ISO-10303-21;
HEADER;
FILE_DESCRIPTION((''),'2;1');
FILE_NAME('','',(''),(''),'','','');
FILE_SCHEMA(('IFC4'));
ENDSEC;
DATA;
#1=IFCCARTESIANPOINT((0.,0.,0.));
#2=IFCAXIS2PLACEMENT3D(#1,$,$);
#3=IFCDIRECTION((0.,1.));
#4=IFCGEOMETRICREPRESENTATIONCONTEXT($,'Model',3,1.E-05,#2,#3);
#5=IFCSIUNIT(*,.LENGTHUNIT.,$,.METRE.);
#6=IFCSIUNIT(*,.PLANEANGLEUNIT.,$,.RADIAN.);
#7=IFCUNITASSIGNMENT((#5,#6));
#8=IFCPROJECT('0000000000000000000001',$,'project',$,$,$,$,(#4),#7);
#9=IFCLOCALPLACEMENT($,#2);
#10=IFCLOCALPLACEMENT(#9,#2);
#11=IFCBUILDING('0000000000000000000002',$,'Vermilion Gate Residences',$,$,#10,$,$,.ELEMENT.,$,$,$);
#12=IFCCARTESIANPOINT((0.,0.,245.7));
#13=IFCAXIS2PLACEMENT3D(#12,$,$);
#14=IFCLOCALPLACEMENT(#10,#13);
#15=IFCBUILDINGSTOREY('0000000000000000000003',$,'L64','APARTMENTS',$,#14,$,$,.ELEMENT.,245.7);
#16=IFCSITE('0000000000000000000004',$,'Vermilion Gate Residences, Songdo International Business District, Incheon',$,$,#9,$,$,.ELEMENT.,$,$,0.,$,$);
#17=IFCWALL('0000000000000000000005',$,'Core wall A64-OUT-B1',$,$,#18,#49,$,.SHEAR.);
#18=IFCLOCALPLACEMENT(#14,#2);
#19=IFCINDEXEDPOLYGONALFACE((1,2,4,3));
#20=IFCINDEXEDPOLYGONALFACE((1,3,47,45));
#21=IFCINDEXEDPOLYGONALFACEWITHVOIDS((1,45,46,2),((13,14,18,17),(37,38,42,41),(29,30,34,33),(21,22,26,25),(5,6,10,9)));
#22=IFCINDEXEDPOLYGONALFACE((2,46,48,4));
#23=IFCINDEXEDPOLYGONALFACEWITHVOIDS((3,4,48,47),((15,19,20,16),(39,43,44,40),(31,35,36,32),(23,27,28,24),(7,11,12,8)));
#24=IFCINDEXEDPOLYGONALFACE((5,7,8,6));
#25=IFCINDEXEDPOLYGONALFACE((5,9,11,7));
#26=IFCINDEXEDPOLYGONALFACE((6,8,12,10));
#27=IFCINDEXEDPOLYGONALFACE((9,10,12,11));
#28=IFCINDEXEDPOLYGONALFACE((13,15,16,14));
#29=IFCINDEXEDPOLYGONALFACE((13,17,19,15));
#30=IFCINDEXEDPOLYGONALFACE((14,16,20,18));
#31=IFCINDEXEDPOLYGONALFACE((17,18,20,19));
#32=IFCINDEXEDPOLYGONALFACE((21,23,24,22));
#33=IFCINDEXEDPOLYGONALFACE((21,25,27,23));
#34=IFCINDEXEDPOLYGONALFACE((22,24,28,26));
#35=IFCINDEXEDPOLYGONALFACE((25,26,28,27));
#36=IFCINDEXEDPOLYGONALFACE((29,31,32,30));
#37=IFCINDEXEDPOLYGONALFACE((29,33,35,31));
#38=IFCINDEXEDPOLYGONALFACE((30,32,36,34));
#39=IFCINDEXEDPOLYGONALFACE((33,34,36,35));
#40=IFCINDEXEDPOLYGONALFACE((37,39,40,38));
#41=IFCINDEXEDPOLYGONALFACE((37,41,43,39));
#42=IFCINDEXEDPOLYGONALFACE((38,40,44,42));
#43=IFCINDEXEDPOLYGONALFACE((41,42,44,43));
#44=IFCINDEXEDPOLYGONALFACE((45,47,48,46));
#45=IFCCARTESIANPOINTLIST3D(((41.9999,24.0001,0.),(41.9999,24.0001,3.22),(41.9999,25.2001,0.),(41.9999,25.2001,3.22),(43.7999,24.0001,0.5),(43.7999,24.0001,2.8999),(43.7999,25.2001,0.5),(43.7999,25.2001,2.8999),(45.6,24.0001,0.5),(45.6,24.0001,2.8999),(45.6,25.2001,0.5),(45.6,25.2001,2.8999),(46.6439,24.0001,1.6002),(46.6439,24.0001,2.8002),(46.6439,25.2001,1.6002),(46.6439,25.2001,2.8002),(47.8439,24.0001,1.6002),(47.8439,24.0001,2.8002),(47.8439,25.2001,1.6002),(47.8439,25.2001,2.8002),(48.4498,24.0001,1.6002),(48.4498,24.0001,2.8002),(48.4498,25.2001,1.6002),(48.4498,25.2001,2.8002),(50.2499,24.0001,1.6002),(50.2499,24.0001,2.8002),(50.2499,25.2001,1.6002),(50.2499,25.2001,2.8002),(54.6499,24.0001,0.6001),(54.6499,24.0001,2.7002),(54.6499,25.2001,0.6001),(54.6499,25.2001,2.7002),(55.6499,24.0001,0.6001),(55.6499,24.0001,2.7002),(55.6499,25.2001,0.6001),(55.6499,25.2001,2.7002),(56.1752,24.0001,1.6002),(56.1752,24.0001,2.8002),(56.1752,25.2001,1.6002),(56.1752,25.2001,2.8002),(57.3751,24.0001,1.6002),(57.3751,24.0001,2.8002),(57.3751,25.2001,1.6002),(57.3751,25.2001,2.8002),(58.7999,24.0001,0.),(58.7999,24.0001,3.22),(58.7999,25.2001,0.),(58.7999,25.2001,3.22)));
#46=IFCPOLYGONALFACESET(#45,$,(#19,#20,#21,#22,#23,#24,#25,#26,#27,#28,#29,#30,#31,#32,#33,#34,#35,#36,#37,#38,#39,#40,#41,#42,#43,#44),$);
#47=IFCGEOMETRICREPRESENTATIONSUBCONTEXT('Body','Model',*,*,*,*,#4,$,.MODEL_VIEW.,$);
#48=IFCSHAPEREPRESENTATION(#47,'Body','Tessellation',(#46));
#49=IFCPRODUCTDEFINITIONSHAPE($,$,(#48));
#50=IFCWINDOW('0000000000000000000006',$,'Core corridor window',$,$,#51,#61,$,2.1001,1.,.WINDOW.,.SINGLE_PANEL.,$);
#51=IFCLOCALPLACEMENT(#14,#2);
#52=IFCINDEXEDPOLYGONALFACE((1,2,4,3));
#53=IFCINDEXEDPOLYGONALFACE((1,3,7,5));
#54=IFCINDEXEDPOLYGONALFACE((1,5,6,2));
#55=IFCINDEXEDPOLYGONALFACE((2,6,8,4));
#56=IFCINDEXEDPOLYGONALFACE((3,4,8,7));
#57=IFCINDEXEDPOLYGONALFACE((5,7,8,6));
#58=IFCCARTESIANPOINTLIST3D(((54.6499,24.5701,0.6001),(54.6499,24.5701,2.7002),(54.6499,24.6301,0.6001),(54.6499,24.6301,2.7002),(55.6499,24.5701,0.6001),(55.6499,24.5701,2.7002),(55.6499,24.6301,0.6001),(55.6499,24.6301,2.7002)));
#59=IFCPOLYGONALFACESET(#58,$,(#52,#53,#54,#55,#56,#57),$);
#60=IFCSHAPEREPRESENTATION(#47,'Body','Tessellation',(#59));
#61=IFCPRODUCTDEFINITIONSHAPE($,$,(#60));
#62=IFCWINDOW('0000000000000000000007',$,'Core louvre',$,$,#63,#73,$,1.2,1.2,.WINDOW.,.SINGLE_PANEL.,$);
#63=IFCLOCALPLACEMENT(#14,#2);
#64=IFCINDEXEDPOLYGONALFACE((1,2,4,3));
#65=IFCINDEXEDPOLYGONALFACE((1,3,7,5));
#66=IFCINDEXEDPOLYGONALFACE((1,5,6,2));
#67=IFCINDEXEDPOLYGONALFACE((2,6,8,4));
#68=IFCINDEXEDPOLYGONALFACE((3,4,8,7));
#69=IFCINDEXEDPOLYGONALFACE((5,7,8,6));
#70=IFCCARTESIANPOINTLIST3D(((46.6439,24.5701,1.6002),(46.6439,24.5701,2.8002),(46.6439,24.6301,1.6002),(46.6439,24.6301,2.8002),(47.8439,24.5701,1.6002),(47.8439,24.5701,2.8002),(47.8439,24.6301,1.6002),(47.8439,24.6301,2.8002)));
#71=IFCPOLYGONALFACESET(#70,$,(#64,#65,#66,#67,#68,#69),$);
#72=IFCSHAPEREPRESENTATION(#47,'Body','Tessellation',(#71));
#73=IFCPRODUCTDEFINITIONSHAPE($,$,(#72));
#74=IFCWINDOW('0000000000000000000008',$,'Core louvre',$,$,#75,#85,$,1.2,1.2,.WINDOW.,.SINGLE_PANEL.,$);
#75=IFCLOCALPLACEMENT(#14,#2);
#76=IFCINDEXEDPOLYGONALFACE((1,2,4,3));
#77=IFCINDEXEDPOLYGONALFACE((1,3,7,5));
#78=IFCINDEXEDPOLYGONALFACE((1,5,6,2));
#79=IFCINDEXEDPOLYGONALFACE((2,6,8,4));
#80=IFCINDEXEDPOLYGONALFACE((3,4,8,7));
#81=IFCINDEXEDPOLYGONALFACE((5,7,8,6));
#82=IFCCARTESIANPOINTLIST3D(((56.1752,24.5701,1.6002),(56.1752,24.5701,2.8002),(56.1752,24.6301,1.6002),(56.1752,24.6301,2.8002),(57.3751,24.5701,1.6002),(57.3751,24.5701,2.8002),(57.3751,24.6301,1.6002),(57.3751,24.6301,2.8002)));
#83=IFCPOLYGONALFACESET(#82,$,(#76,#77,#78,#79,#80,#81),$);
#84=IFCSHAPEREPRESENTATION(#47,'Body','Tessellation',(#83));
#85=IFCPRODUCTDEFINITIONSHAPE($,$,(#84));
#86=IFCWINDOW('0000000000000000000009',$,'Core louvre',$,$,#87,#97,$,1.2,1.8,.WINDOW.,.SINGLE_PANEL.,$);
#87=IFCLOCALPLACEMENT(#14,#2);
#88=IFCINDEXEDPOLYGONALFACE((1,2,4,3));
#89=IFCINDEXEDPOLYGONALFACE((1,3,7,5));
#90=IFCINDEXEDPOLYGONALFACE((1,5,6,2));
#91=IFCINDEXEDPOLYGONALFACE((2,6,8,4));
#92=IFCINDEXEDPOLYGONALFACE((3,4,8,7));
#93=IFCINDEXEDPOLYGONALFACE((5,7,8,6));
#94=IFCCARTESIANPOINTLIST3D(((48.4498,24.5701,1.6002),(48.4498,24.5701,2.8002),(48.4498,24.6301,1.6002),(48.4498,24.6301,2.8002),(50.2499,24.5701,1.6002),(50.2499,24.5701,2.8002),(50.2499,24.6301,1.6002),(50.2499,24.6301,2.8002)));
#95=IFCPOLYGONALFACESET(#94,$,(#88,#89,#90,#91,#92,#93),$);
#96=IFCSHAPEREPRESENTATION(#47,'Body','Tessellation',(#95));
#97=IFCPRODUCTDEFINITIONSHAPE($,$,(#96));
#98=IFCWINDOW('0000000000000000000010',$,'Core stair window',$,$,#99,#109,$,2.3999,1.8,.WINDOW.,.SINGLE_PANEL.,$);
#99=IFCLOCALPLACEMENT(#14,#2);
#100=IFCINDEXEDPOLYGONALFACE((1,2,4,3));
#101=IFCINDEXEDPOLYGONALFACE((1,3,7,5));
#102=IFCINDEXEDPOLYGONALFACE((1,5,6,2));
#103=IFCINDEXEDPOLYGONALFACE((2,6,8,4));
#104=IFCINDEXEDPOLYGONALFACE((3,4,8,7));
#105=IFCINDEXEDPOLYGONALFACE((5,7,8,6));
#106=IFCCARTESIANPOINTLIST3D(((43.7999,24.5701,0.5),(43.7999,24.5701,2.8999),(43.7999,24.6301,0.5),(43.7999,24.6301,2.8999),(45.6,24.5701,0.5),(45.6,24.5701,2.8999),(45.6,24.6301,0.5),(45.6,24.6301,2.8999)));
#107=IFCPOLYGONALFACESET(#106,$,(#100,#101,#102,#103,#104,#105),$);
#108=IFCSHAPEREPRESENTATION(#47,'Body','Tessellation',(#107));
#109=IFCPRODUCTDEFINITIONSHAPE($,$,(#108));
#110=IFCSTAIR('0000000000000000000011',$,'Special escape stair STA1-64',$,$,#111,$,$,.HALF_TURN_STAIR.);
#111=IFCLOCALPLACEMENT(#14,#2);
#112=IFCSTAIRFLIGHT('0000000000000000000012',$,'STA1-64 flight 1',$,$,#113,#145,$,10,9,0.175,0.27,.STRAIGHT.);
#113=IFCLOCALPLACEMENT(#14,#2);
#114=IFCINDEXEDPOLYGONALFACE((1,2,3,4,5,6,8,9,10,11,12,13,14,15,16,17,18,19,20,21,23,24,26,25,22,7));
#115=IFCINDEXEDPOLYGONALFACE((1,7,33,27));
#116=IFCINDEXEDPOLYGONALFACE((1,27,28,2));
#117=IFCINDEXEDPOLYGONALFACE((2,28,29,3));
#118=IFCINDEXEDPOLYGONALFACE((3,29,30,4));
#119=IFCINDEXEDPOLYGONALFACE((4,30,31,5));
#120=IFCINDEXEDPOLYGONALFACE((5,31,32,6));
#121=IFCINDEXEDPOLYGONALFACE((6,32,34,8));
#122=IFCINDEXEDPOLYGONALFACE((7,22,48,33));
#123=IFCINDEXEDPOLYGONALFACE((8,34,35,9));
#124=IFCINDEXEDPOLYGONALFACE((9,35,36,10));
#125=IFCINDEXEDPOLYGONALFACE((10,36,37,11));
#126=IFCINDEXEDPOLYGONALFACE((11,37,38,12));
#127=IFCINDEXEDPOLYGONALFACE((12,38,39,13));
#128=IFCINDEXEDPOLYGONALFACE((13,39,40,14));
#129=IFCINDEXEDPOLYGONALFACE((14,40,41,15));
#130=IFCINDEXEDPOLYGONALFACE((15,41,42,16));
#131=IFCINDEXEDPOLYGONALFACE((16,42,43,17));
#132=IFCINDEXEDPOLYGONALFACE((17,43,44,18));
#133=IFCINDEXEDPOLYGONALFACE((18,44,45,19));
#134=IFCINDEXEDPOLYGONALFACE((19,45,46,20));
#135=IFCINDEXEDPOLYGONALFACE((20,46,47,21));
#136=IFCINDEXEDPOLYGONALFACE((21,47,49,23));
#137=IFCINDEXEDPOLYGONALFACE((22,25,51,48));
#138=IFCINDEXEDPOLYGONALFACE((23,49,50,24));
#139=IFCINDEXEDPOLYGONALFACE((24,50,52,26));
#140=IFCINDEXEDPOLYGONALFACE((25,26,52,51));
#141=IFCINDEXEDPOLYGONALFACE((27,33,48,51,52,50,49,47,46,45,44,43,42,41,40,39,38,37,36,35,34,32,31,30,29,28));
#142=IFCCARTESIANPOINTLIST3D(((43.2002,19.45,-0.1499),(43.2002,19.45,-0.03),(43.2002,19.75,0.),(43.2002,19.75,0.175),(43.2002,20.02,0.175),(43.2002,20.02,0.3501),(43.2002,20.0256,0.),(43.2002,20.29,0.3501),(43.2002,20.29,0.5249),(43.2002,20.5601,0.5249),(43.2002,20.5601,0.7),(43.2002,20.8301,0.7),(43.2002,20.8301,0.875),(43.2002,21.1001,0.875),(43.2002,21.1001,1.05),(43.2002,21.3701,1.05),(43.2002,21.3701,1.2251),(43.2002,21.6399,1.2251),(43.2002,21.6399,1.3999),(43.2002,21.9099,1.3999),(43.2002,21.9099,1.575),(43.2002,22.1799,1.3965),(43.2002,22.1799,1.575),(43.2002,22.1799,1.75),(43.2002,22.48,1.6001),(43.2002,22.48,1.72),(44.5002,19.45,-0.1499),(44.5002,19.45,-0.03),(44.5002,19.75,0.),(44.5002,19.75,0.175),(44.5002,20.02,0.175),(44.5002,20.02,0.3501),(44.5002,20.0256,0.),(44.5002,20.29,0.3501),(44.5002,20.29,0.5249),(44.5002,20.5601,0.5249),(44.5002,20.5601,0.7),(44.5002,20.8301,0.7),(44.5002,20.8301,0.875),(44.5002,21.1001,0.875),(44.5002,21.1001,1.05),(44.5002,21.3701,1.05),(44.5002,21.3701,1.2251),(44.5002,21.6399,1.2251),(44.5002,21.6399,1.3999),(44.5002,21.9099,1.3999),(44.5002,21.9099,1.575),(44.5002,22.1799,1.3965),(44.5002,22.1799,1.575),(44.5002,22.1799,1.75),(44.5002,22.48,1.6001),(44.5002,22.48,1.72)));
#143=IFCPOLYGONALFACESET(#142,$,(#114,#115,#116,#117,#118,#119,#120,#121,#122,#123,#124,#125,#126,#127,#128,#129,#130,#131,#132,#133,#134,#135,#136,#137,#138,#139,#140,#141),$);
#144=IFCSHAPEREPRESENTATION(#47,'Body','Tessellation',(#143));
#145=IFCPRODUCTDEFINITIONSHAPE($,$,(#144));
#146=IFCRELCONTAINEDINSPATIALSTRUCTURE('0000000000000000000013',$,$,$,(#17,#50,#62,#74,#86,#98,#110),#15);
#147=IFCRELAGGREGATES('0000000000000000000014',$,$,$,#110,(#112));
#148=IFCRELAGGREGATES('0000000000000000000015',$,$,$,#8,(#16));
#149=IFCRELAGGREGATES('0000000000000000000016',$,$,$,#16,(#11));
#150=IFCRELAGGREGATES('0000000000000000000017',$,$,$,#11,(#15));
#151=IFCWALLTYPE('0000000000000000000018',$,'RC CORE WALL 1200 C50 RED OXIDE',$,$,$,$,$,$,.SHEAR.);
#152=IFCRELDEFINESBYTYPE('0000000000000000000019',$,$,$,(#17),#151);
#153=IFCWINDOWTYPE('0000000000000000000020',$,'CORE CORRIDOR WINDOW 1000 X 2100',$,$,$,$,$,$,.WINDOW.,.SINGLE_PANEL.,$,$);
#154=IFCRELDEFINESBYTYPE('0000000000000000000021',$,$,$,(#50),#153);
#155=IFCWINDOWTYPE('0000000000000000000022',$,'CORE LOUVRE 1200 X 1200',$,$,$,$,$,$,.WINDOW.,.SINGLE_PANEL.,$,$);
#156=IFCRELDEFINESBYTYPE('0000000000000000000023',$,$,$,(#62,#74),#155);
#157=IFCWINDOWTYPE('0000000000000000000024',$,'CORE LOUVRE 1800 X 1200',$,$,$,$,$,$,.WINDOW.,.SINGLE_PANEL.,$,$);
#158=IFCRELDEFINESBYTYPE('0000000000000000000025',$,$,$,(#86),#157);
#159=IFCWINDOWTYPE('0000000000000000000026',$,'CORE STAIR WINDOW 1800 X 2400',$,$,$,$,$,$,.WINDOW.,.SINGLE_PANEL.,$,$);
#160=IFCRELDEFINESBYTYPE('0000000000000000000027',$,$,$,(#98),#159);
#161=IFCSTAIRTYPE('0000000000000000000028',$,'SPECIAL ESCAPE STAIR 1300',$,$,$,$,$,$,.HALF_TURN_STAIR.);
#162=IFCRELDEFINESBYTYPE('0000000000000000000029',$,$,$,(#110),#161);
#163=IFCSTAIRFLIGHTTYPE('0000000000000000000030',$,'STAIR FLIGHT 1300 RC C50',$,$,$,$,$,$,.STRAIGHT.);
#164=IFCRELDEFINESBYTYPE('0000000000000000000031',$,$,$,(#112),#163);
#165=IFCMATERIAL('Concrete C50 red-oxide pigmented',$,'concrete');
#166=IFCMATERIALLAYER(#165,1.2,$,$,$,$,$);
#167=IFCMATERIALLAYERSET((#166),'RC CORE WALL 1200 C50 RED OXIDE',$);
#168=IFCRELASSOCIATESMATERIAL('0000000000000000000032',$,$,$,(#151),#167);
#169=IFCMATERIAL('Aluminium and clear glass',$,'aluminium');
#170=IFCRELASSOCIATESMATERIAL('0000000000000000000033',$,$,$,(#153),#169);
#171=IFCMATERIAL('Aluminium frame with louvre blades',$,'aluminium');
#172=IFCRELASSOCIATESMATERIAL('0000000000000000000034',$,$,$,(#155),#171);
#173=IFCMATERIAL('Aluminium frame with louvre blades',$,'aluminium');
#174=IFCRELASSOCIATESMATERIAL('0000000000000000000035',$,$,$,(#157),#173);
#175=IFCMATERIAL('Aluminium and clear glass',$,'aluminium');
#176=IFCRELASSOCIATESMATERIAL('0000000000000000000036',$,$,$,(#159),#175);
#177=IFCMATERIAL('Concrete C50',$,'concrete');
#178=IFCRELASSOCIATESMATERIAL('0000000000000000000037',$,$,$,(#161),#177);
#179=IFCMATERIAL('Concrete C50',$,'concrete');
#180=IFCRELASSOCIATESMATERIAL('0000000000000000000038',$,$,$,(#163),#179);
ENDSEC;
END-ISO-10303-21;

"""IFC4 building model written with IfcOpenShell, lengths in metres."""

from ifc_helpers import new_model, si_unit, direction, frame, frame_2d, origin, place, context, subcontext, project, spatial, polyline, rectangle, outline, extrude, material, layer, layer_set, type_object, element, fill, aggregate, save


model = new_model("IFC4")

# Units and contexts
model_context = context("Model", 3, precision=1e-05, world=origin(), true_north=direction((0.0, 1.0)))
body_context = subcontext(model_context, "Body", "Model", "MODEL_VIEW")
ifc_project = project(units=[si_unit("LENGTHUNIT", "METRE"), si_unit("PLANEANGLEUNIT", "RADIAN")], contexts=[model_context])

# Site, building, storey
site_placement = place(None, origin())
site = spatial("IfcSite", under=ifc_project, at=site_placement, Name="Vermilion Gate Residences, Songdo International Business District, Incheon", CompositionType="ELEMENT", RefElevation=0.0)
building_placement = place(site_placement, origin())
building = spatial("IfcBuilding", under=site, at=building_placement, Name="Vermilion Gate Residences", CompositionType="ELEMENT")
storey_placement = place(building_placement, frame((0.0, 0.0, 245.7)))
storey = spatial("IfcBuildingStorey", under=building, at=storey_placement, Name="L64", Description="APARTMENTS", CompositionType="ELEMENT", Elevation=245.7)

# Wall, openings, windows
ifc_material_1 = material(Name="Concrete C50 red-oxide pigmented", Category="concrete")
ifc_layer_1 = layer(ifc_material_1, 1.2)
ifc_layer_set_1 = layer_set([ifc_layer_1], Name="RC CORE WALL 1200 C50 RED OXIDE")
wall_type_1 = type_object("IfcWallType", Name="RC CORE WALL 1200 C50 RED OXIDE", PredefinedType="SHEAR", material=ifc_layer_set_1)
wall_1_placement = place(storey_placement, frame((42.0, 24.6001, 0.0), z_axis=(0.0, 0.0, 1.0), x_axis=(1.0, 0.0, 0.0)))
wall_1 = element("IfcWall", 1, at=wall_1_placement, inside=storey, type_object=wall_type_1, Name="Core wall A64-OUT-B1", PredefinedType="SHEAR", context=body_context, shape_type="SweptSolid", body=[
    extrude(rectangle(XDim=16.8, YDim=1.2, at=frame_2d((8.3999, 0.0))), origin(), (0.0, 0.0, 1.0), 3.22),
])
opening_1_placement = place(wall_1_placement, frame((1.8, 0.0, 0.5)))
opening_1 = element("IfcOpeningElement", 2, at=opening_1_placement, cuts=wall_1, PredefinedType="OPENING", context=body_context, shape_type="SweptSolid", body=[
    extrude(rectangle(XDim=1.8, YDim=2.3999, at=frame_2d((0.8999, 1.2))), frame((0.0, 0.6099, 0.0), z_axis=(0.0, -1.0, 0.0), x_axis=(1.0, 0.0, 0.0)), (0.0, 0.0, 1.0), 1.22),
])
opening_2_placement = place(wall_1_placement, frame((4.6438, 0.0, 1.6001)))
opening_2 = element("IfcOpeningElement", 3, at=opening_2_placement, cuts=wall_1, PredefinedType="OPENING", context=body_context, shape_type="SweptSolid", body=[
    extrude(rectangle(XDim=1.2, YDim=1.2, at=frame_2d((0.6001, 0.6001))), frame((0.0, 0.6099, 0.0), z_axis=(0.0, -1.0, 0.0), x_axis=(1.0, 0.0, 0.0)), (0.0, 0.0, 1.0), 1.22),
])
opening_3_placement = place(wall_1_placement, frame((6.45, 0.0, 1.6001)))
opening_3 = element("IfcOpeningElement", 4, at=opening_3_placement, cuts=wall_1, PredefinedType="OPENING", context=body_context, shape_type="SweptSolid", body=[
    extrude(rectangle(XDim=1.8, YDim=1.2, at=frame_2d((0.8999, 0.6001))), frame((0.0, 0.6099, 0.0), z_axis=(0.0, -1.0, 0.0), x_axis=(1.0, 0.0, 0.0)), (0.0, 0.0, 1.0), 1.22),
])
opening_4_placement = place(wall_1_placement, frame((12.6499, 0.0, 0.6001)))
opening_4 = element("IfcOpeningElement", 5, at=opening_4_placement, cuts=wall_1, PredefinedType="OPENING", context=body_context, shape_type="SweptSolid", body=[
    extrude(rectangle(XDim=1.0, YDim=2.1001, at=frame_2d((0.5, 1.05))), frame((0.0, 0.6099, 0.0), z_axis=(0.0, -1.0, 0.0), x_axis=(1.0, 0.0, 0.0)), (0.0, 0.0, 1.0), 1.22),
])
opening_5_placement = place(wall_1_placement, frame((14.175, 0.0, 1.6001)))
opening_5 = element("IfcOpeningElement", 6, at=opening_5_placement, cuts=wall_1, PredefinedType="OPENING", context=body_context, shape_type="SweptSolid", body=[
    extrude(rectangle(XDim=1.2, YDim=1.2, at=frame_2d((0.6001, 0.6001))), frame((0.0, 0.6099, 0.0), z_axis=(0.0, -1.0, 0.0), x_axis=(1.0, 0.0, 0.0)), (0.0, 0.0, 1.0), 1.22),
])
ifc_material_2 = material(Name="Aluminium and clear glass", Category="aluminium")
window_type_1 = type_object("IfcWindowType", Name="CORE CORRIDOR WINDOW 1000 X 2100", PartitioningType="SINGLE_PANEL", PredefinedType="WINDOW", material=ifc_material_2)
window_1_placement = place(opening_4_placement, origin())
window_1 = element("IfcWindow", 7, at=window_1_placement, inside=storey, type_object=window_type_1, Name="Core corridor window", OverallHeight=2.1001, OverallWidth=1.0, PartitioningType="SINGLE_PANEL", PredefinedType="WINDOW", context=body_context, shape_type="SweptSolid", body=[
    extrude(rectangle(XDim=1.0, YDim=2.1001, at=frame_2d((0.5, 1.05))), frame((0.0, 0.03, 0.0), z_axis=(0.0, -1.0, 0.0), x_axis=(1.0, 0.0, 0.0)), (0.0, 0.0, 1.0), 0.0601),
])
fill(opening_4, window_1)
ifc_material_3 = material(Name="Aluminium frame with louvre blades", Category="aluminium")
window_type_2 = type_object("IfcWindowType", Name="CORE LOUVRE 1200 X 1200", PartitioningType="SINGLE_PANEL", PredefinedType="WINDOW", material=ifc_material_3)
window_2_placement = place(opening_2_placement, origin())
window_2 = element("IfcWindow", 8, at=window_2_placement, inside=storey, type_object=window_type_2, Name="Core louvre", OverallHeight=1.2, OverallWidth=1.2, PartitioningType="SINGLE_PANEL", PredefinedType="WINDOW", context=body_context, shape_type="SweptSolid", body=[
    extrude(rectangle(XDim=1.2, YDim=1.2, at=frame_2d((0.6001, 0.6001))), frame((0.0, 0.03, 0.0), z_axis=(0.0, -1.0, 0.0), x_axis=(1.0, 0.0, 0.0)), (0.0, 0.0, 1.0), 0.0601),
])
fill(opening_2, window_2)
window_3_placement = place(opening_5_placement, origin())
window_3 = element("IfcWindow", 9, at=window_3_placement, inside=storey, type_object=window_type_2, Name="Core louvre", OverallHeight=1.2, OverallWidth=1.2, PartitioningType="SINGLE_PANEL", PredefinedType="WINDOW", context=body_context, shape_type="SweptSolid", body=[
    extrude(rectangle(XDim=1.2, YDim=1.2, at=frame_2d((0.6001, 0.6001))), frame((0.0, 0.03, 0.0), z_axis=(0.0, -1.0, 0.0), x_axis=(1.0, 0.0, 0.0)), (0.0, 0.0, 1.0), 0.0601),
])
fill(opening_5, window_3)
ifc_material_4 = material(Name="Aluminium frame with louvre blades", Category="aluminium")
window_type_3 = type_object("IfcWindowType", Name="CORE LOUVRE 1800 X 1200", PartitioningType="SINGLE_PANEL", PredefinedType="WINDOW", material=ifc_material_4)
window_4_placement = place(opening_3_placement, origin())
window_4 = element("IfcWindow", 10, at=window_4_placement, inside=storey, type_object=window_type_3, Name="Core louvre", OverallHeight=1.2, OverallWidth=1.8, PartitioningType="SINGLE_PANEL", PredefinedType="WINDOW", context=body_context, shape_type="SweptSolid", body=[
    extrude(rectangle(XDim=1.8, YDim=1.2, at=frame_2d((0.8999, 0.6001))), frame((0.0, 0.03, 0.0), z_axis=(0.0, -1.0, 0.0), x_axis=(1.0, 0.0, 0.0)), (0.0, 0.0, 1.0), 0.0601),
])
fill(opening_3, window_4)
ifc_material_5 = material(Name="Aluminium and clear glass", Category="aluminium")
window_type_4 = type_object("IfcWindowType", Name="CORE STAIR WINDOW 1800 X 2400", PartitioningType="SINGLE_PANEL", PredefinedType="WINDOW", material=ifc_material_5)
window_5_placement = place(opening_1_placement, origin())
window_5 = element("IfcWindow", 11, at=window_5_placement, inside=storey, type_object=window_type_4, Name="Core stair window", OverallHeight=2.3999, OverallWidth=1.8, PartitioningType="SINGLE_PANEL", PredefinedType="WINDOW", context=body_context, shape_type="SweptSolid", body=[
    extrude(rectangle(XDim=1.8, YDim=2.3999, at=frame_2d((0.8999, 1.2))), frame((0.0, 0.03, 0.0), z_axis=(0.0, -1.0, 0.0), x_axis=(1.0, 0.0, 0.0)), (0.0, 0.0, 1.0), 0.0601),
])
fill(opening_1, window_5)

# Stair, stair flight
ifc_material_6 = material(Name="Concrete C50", Category="concrete")
stair_type = type_object("IfcStairType", Name="SPECIAL ESCAPE STAIR 1300", PredefinedType="HALF_TURN_STAIR", material=ifc_material_6)
stair_placement = place(storey_placement, origin())
stair = element("IfcStair", 12, at=stair_placement, inside=storey, type_object=stair_type, Name="Special escape stair STA1-64", PredefinedType="HALF_TURN_STAIR")
ifc_material_7 = material(Name="Concrete C50", Category="concrete")
stair_flight_type = type_object("IfcStairFlightType", Name="STAIR FLIGHT 1300 RC C50", PredefinedType="STRAIGHT", material=ifc_material_7)
stair_flight_1_placement = place(storey_placement, frame((43.8501, 19.75, 0.0), z_axis=(0.0, 0.0, 1.0), x_axis=(0.0, 1.0, 0.0)))
stair_flight_1 = element("IfcStairFlight", 13, at=stair_flight_1_placement, type_object=stair_flight_type, Name="STA1-64 flight 1", NumberOfRisers=10, NumberOfTreads=9, PredefinedType="STRAIGHT", RiserHeight=0.175, TreadLength=0.27, context=body_context, shape_type="SweptSolid", body=[
    extrude(outline(polyline([(-0.3, -0.1499), (-0.3, -0.03), (0.0, 0.0), (0.0, 0.175), (0.27, 0.175), (0.27, 0.3501), (0.54, 0.3501), (0.54, 0.5249), (0.8101, 0.5249), (0.8101, 0.7), (1.0801, 0.7), (1.0801, 0.875), (1.3501, 0.875), (1.3501, 1.05), (1.6201, 1.05), (1.6201, 1.2251), (1.8899, 1.2251), (1.8899, 1.3999), (2.1599, 1.3999), (2.1599, 1.575), (2.4299, 1.575), (2.4299, 1.75), (2.73, 1.72), (2.73, 1.6001), (2.4299, 1.3965), (0.2756, 0.0), (-0.3, -0.1499)])), frame((0.0, 0.6499, 0.0), z_axis=(0.0, -1.0, 0.0), x_axis=(1.0, 0.0, 0.0)), (0.0, 0.0, 1.0), 1.3),
])
aggregate(stair, [stair_flight_1])

save(model, "model.ifc")
